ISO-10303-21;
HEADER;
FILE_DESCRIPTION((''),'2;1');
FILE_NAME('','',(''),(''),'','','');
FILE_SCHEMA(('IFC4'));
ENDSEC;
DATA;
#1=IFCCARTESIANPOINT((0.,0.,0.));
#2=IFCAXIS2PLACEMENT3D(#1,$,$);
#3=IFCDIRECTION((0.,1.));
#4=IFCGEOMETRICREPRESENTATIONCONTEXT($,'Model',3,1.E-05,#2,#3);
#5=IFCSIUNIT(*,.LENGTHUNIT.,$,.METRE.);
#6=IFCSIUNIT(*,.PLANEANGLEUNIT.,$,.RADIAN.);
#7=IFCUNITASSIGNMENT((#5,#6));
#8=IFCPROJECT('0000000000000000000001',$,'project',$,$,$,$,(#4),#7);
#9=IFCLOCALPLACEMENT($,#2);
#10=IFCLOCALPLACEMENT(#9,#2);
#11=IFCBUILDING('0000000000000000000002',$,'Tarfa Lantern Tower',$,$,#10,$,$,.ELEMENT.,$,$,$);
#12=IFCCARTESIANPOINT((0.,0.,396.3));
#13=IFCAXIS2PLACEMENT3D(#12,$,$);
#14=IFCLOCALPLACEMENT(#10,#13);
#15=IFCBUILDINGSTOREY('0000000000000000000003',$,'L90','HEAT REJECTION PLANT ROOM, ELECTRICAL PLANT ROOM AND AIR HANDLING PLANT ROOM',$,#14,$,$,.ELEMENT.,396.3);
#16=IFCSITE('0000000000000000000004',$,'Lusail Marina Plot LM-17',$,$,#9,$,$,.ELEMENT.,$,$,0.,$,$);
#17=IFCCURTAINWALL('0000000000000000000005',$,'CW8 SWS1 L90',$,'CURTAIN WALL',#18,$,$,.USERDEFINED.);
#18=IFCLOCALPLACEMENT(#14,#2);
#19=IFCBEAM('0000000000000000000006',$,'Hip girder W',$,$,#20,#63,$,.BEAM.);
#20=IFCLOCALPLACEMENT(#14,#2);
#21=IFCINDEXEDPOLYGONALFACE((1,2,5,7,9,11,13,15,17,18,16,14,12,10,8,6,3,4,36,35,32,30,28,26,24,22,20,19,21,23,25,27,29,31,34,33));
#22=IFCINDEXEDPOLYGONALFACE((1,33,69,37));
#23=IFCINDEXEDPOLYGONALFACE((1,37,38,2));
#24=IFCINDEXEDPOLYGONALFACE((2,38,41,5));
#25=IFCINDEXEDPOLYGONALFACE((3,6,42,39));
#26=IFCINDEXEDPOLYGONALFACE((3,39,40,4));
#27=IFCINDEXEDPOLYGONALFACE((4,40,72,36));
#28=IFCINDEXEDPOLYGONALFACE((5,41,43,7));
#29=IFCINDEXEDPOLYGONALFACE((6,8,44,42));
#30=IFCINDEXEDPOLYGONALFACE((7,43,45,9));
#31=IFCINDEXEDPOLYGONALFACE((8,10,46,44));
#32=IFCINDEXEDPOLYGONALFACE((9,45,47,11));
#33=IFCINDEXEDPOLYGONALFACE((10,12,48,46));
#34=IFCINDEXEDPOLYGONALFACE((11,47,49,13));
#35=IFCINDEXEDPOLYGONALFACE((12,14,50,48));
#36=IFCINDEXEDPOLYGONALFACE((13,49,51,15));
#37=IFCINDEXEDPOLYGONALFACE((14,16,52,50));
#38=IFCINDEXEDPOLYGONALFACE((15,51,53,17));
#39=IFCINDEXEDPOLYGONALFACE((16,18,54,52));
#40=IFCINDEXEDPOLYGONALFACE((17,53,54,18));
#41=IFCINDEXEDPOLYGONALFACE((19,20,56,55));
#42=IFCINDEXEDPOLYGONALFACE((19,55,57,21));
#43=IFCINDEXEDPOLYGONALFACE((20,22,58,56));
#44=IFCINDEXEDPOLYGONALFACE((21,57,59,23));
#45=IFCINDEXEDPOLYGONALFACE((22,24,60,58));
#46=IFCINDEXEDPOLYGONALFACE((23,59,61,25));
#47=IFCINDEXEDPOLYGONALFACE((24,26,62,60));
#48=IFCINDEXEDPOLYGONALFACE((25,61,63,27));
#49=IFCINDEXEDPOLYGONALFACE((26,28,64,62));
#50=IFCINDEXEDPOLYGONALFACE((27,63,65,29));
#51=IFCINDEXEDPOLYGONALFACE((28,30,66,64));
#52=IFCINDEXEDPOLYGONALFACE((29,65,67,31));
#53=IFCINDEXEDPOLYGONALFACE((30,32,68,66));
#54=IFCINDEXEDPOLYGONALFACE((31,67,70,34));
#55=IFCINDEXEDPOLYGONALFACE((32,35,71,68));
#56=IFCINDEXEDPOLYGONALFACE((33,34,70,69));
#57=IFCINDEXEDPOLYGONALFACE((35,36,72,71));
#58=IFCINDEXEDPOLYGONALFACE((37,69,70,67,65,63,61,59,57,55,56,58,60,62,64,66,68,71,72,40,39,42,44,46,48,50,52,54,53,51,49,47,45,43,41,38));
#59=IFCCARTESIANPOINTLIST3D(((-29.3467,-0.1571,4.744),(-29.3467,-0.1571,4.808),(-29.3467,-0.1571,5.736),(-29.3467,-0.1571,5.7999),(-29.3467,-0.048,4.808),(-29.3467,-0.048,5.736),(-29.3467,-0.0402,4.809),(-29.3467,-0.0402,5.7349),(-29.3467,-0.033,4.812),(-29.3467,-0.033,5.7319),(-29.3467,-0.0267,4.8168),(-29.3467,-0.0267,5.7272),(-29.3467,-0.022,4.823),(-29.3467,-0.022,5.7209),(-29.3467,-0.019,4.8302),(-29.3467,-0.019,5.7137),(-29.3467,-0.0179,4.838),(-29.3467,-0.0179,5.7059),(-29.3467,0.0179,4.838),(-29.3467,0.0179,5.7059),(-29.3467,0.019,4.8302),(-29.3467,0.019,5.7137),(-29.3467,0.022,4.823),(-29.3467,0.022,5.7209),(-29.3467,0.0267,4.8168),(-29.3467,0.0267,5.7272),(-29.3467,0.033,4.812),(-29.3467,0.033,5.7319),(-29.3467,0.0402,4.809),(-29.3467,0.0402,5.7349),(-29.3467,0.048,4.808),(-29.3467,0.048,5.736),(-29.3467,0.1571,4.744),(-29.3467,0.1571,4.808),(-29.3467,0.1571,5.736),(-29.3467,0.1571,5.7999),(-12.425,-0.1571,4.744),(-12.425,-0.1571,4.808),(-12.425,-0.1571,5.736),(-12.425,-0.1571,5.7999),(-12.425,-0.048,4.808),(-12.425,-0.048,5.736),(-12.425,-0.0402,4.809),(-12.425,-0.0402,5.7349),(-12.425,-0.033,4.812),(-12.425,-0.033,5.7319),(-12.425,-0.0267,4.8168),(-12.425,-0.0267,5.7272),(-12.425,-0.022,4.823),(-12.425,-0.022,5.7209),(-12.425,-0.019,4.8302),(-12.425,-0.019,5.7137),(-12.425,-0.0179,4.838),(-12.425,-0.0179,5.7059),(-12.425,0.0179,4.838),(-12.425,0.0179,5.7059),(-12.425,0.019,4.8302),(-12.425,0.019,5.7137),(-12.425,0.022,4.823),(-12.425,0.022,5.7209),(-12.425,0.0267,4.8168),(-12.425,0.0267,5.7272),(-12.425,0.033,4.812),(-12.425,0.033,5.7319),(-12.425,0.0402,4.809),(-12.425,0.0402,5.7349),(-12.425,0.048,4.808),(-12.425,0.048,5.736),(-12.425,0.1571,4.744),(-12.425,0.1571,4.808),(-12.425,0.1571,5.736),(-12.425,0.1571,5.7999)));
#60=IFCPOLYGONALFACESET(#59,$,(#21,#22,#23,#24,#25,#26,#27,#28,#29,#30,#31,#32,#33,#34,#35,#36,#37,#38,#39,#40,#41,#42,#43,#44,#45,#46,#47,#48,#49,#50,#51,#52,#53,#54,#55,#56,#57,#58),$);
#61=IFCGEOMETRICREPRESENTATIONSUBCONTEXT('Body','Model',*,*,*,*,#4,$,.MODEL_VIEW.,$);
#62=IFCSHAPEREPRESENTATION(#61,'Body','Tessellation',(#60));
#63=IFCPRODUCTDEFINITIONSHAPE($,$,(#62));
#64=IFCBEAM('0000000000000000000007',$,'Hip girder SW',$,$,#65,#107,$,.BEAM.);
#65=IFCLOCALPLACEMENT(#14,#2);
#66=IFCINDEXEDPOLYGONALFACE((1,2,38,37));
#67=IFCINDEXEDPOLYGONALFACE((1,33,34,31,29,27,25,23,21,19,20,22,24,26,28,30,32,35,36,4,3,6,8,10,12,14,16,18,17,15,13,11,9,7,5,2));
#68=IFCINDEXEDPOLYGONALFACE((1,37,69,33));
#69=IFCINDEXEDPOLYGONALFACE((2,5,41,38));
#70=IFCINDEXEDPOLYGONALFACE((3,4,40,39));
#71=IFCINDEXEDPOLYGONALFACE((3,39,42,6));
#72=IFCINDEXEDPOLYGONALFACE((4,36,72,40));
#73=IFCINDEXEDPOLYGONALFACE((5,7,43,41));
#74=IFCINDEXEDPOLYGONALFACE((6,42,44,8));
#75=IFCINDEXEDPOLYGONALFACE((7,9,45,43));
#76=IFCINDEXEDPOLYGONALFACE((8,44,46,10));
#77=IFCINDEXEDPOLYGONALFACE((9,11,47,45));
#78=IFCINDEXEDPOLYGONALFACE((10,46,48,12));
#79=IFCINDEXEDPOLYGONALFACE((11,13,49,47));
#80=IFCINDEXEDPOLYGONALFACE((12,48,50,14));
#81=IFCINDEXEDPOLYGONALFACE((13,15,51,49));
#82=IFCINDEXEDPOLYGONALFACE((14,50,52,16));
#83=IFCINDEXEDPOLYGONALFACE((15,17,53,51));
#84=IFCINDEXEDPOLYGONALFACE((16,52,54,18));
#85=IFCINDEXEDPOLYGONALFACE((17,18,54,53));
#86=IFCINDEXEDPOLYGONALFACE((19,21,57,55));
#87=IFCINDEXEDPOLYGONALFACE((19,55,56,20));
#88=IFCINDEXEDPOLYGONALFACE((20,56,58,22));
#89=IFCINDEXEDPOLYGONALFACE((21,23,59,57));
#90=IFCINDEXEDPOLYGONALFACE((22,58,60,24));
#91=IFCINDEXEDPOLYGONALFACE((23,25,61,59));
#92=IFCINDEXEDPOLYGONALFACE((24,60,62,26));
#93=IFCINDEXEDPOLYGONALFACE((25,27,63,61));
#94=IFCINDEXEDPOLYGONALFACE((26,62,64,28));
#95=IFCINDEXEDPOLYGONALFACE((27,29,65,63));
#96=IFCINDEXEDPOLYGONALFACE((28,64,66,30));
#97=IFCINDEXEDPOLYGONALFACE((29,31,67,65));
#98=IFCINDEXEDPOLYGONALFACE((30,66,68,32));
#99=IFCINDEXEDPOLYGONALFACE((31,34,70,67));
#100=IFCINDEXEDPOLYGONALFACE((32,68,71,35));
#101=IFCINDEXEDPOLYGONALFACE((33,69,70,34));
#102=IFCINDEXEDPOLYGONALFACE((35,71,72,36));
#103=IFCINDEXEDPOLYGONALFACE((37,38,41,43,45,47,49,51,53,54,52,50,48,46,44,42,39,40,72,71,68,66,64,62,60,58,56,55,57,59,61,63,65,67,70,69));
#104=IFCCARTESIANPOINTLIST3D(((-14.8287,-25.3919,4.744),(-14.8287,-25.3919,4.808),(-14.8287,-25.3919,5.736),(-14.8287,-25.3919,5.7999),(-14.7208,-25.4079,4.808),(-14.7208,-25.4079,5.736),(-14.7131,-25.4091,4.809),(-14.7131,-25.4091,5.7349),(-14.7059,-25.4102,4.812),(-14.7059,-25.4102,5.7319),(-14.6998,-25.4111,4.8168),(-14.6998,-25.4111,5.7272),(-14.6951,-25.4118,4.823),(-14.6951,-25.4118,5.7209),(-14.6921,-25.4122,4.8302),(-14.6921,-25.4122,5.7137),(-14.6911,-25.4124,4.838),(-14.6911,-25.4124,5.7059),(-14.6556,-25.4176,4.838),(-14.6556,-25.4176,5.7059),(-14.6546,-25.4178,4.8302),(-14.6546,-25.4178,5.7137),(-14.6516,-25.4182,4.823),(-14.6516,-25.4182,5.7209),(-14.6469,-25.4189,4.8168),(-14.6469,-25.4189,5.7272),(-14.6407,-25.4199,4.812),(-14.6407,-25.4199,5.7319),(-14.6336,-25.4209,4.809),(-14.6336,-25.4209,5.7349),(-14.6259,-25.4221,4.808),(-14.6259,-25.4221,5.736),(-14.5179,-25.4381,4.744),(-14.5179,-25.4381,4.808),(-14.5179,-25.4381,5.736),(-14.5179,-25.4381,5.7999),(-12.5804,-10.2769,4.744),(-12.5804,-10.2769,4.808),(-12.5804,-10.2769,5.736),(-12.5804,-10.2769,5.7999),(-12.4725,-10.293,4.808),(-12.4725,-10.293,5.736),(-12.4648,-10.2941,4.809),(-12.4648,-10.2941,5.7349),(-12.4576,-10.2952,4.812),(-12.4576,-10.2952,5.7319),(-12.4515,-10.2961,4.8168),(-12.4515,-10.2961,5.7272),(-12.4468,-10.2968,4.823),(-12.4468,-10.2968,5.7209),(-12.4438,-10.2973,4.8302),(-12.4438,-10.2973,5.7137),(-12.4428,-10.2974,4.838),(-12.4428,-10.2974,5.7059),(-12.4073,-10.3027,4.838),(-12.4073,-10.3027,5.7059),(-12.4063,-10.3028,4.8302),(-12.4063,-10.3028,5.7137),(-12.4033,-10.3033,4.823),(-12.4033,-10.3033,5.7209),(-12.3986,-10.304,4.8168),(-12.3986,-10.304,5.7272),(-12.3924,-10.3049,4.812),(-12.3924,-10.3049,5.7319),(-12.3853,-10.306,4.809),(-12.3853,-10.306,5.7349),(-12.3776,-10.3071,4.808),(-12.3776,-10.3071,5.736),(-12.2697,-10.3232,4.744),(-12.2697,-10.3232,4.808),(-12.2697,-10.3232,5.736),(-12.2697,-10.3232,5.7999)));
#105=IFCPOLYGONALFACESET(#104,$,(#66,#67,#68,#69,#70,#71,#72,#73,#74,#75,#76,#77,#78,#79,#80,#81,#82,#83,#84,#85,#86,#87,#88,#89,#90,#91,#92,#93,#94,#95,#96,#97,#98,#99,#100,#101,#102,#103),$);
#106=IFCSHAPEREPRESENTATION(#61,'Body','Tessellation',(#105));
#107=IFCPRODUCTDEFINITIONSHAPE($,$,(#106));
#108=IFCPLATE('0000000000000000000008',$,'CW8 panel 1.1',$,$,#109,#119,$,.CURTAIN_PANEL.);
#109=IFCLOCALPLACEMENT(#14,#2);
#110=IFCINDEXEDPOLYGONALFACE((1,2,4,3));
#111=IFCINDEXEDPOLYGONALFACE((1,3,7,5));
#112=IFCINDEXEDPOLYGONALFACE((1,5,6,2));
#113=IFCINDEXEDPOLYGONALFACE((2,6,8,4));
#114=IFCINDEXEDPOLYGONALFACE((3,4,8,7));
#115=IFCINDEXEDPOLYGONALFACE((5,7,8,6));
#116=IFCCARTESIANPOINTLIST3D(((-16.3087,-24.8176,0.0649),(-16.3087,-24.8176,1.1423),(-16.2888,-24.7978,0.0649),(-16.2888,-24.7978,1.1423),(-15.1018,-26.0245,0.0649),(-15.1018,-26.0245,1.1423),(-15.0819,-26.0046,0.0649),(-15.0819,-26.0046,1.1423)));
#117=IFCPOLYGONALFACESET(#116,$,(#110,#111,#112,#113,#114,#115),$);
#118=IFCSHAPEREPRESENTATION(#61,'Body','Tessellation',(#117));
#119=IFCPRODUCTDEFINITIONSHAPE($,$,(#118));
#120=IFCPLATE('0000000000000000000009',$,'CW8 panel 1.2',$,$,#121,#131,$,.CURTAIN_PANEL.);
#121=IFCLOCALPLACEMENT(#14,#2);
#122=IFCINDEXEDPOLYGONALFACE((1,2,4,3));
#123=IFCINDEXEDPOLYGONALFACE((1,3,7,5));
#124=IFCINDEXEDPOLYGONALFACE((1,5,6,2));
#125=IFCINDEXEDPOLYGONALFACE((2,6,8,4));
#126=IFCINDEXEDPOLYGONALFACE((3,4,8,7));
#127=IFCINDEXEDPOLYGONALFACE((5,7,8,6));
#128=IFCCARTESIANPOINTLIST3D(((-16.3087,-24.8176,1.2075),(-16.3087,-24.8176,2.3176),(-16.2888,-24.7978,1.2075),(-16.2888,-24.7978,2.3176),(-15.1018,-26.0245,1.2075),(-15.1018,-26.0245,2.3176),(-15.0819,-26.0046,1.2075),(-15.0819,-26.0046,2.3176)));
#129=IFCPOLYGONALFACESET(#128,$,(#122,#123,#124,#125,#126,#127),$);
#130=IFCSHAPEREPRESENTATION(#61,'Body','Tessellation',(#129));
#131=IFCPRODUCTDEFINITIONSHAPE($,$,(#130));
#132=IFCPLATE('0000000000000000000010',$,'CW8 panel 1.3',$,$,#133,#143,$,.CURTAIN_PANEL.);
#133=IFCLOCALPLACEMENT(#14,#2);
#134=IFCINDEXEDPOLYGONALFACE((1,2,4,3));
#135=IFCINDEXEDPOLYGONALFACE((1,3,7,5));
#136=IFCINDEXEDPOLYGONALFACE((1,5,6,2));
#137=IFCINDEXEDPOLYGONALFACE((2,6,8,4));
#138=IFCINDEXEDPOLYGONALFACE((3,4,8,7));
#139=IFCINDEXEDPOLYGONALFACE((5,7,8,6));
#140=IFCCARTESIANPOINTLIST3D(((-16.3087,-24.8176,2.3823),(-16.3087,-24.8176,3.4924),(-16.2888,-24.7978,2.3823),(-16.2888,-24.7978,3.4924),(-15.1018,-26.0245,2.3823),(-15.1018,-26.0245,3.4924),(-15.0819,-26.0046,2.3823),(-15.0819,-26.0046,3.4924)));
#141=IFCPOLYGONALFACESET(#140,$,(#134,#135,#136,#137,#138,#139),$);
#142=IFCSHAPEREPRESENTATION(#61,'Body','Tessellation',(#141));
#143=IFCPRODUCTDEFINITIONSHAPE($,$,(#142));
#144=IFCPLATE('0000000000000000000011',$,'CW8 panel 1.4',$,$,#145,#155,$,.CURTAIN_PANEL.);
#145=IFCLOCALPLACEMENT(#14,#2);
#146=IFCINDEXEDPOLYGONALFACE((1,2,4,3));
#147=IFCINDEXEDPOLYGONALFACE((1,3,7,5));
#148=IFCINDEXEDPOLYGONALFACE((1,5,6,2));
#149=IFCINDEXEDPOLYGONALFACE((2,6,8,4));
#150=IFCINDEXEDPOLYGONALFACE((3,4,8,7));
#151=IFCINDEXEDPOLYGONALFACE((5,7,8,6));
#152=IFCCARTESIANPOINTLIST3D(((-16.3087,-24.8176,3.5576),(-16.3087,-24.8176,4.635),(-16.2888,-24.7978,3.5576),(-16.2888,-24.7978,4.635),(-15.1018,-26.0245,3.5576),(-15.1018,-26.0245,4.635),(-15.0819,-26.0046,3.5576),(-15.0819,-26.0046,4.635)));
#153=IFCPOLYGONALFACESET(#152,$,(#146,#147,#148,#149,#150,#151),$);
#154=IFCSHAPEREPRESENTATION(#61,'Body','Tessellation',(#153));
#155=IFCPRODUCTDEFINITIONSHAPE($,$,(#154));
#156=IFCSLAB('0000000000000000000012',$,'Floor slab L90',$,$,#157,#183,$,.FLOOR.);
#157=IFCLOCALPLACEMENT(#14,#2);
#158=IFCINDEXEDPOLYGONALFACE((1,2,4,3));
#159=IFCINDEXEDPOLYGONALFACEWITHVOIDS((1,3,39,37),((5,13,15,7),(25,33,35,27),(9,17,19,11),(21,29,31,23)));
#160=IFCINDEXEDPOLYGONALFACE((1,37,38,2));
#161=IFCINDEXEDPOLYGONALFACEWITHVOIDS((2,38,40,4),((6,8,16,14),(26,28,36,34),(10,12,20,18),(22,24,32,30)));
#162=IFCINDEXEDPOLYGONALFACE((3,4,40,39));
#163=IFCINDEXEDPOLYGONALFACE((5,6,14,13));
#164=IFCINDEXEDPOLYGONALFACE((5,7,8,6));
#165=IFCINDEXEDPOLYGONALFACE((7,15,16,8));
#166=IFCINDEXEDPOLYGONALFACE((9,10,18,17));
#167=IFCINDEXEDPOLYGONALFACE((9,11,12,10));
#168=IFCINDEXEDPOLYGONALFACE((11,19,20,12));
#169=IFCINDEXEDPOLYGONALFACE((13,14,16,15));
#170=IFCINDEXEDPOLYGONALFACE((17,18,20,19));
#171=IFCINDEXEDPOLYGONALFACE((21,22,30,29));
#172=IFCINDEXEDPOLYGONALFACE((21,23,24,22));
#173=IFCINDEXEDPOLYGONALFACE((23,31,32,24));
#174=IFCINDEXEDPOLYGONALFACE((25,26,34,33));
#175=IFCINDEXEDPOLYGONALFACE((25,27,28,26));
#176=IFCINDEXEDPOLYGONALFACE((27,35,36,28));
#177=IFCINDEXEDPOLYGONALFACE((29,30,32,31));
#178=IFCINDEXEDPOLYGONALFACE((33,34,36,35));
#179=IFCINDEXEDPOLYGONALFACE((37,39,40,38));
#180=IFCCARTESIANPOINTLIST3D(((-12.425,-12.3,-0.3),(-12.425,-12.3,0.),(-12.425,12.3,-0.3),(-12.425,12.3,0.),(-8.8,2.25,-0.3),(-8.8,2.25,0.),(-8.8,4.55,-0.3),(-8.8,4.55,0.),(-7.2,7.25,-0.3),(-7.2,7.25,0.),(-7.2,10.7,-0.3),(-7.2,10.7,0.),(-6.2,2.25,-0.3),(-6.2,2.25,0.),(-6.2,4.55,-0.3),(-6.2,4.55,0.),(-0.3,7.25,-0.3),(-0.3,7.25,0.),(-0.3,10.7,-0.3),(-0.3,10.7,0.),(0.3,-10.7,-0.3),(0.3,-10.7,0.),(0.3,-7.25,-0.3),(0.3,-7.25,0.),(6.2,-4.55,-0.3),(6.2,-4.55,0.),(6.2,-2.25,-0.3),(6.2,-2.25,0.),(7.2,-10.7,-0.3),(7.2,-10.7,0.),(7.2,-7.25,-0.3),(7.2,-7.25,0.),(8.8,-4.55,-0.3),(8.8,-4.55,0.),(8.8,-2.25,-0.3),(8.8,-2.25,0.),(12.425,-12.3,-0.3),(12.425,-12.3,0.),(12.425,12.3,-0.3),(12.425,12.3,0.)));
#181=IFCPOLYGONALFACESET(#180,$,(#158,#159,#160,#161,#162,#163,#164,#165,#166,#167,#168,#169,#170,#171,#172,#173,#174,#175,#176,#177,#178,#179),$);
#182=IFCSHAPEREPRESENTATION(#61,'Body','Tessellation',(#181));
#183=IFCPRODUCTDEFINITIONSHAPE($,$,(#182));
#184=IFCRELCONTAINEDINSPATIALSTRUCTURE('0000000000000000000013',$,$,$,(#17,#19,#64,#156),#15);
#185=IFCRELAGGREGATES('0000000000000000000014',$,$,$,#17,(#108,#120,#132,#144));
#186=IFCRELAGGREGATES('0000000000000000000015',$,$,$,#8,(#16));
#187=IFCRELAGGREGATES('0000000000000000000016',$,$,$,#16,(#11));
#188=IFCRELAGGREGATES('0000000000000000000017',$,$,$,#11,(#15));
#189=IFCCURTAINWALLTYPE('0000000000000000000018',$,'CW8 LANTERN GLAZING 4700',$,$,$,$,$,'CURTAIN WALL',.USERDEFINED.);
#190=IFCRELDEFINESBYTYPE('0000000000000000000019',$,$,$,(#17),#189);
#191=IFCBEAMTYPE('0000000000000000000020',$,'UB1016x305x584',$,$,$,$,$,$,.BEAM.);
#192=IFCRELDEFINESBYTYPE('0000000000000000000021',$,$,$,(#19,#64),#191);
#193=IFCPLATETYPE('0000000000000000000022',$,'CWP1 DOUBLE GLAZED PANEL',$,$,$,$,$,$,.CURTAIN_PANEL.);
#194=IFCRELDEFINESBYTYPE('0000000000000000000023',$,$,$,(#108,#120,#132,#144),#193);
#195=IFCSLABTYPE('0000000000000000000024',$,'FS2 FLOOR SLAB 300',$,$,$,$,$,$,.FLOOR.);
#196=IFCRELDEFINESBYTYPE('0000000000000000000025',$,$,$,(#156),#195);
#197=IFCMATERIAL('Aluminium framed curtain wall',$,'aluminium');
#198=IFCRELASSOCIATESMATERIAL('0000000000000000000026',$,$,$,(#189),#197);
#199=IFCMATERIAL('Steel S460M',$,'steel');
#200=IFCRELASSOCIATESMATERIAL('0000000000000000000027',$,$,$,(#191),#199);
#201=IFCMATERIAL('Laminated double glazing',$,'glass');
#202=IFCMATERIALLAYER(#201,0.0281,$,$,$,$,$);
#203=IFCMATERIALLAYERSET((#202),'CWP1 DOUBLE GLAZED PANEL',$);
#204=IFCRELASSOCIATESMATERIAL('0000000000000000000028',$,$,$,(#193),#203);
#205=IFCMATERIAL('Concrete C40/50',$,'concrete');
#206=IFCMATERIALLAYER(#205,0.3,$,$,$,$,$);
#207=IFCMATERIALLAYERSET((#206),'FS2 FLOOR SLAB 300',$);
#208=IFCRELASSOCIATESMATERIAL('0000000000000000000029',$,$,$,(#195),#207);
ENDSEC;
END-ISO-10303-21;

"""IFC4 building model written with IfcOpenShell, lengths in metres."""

from ifc_helpers import new_model, si_unit, direction, frame, origin, origin_2d, place, context, subcontext, project, spatial, polyline, rectangle, i_section, outline, extrude, material, layer, layer_set, material_profile, profile_set, type_object, element, aggregate, save


model = new_model("IFC4")

# Units and contexts
model_context = context("Model", 3, precision=1e-05, world=origin(), true_north=direction((0.0, 1.0)))
body_context = subcontext(model_context, "Body", "Model", "MODEL_VIEW")
ifc_project = project(units=[si_unit("LENGTHUNIT", "METRE"), si_unit("PLANEANGLEUNIT", "RADIAN")], contexts=[model_context])

# Site, building, storey
site_placement = place(None, origin())
site = spatial("IfcSite", under=ifc_project, at=site_placement, Name="Lusail Marina Plot LM-17", CompositionType="ELEMENT", RefElevation=0.0)
building_placement = place(site_placement, origin())
building = spatial("IfcBuilding", under=site, at=building_placement, Name="Tarfa Lantern Tower", CompositionType="ELEMENT")
storey_placement = place(building_placement, frame((0.0, 0.0, 396.3)))
storey = spatial("IfcBuildingStorey", under=building, at=storey_placement, Name="L90", Description="HEAT REJECTION PLANT ROOM, ELECTRICAL PLANT ROOM AND AIR HANDLING PLANT ROOM", CompositionType="ELEMENT", Elevation=396.3)

# Curtain wall
ifc_material_1 = material(Name="Aluminium framed curtain wall", Category="aluminium")
curtain_wall_type = type_object("IfcCurtainWallType", Name="CW8 LANTERN GLAZING 4700", ElementType="CURTAIN WALL", PredefinedType="USERDEFINED", material=ifc_material_1)
curtain_wall_1_placement = place(storey_placement, origin())
curtain_wall_1 = element("IfcCurtainWall", 1, at=curtain_wall_1_placement, inside=storey, type_object=curtain_wall_type, Name="CW8 SWS1 L90", ObjectType="CURTAIN WALL", PredefinedType="USERDEFINED")

# Beams
ifc_material_2 = material(Name="Steel S460M", Category="steel")
ifc_material_profile_1 = material_profile(ifc_material_2, i_section(OverallWidth=0.3142, OverallDepth=1.0559, WebThickness=0.0359, FlangeThickness=0.064, FilletRadius=0.03, at=origin_2d()), Name="UB1016x305x584")
ifc_profile_set_1 = profile_set([ifc_material_profile_1], Name="Steel S460M")
beam_type = type_object("IfcBeamType", Name="UB1016x305x584", PredefinedType="BEAM", material=ifc_profile_set_1)
beam_1_placement = place(storey_placement, frame((-12.425, 0.0, 5.272), z_axis=(-1.0, 0.0, 0.0), x_axis=(0.0, -1.0, 0.0)))
element("IfcBeam", 2, at=beam_1_placement, inside=storey, type_object=beam_type, Name="Hip girder W", PredefinedType="BEAM", context=body_context, shape_type="SweptSolid", body=[
    extrude(i_section(OverallWidth=0.3142, OverallDepth=1.0559, WebThickness=0.0359, FlangeThickness=0.064, FilletRadius=0.03, at=origin_2d()), origin(), (0.0, 0.0, 1.0), 16.9216),
])
beam_2_placement = place(storey_placement, frame((-12.425, -10.3, 5.272), z_axis=(-0.147127, -0.989118, 0.0), x_axis=(0.989118, -0.147127, 0.0)))
element("IfcBeam", 3, at=beam_2_placement, inside=storey, type_object=beam_type, Name="Hip girder SW", PredefinedType="BEAM", context=body_context, shape_type="SweptSolid", body=[
    extrude(i_section(OverallWidth=0.3142, OverallDepth=1.0559, WebThickness=0.0359, FlangeThickness=0.064, FilletRadius=0.03, at=origin_2d()), origin(), (0.0, 0.0, 1.0), 15.2812),
])

# Plates
ifc_material_3 = material(Name="Laminated double glazing", Category="glass")
ifc_layer_1 = layer(ifc_material_3, 0.0281)
ifc_layer_set_1 = layer_set([ifc_layer_1], Name="CWP1 DOUBLE GLAZED PANEL")
plate_type = type_object("IfcPlateType", Name="CWP1 DOUBLE GLAZED PANEL", PredefinedType="CURTAIN_PANEL", material=ifc_layer_set_1)
plate_1_placement = place(storey_placement, frame((-15.6953, -25.4111, 0.0649), z_axis=(0.0, 0.0, 1.0), x_axis=(0.707107, -0.707107, 0.0)))
plate_1 = element("IfcPlate", 4, at=plate_1_placement, type_object=plate_type, Name="CW8 panel 1.1", PredefinedType="CURTAIN_PANEL", context=body_context, shape_type="SweptSolid", body=[
    extrude(rectangle(XDim=1.7068, YDim=0.0281, at=origin_2d()), origin(), (0.0, 0.0, 1.0), 1.0774),
])
plate_2_placement = place(storey_placement, frame((-15.6953, -25.4111, 1.2075), z_axis=(0.0, 0.0, 1.0), x_axis=(0.707107, -0.707107, 0.0)))
plate_2 = element("IfcPlate", 5, at=plate_2_placement, type_object=plate_type, Name="CW8 panel 1.2", PredefinedType="CURTAIN_PANEL", context=body_context, shape_type="SweptSolid", body=[
    extrude(rectangle(XDim=1.7068, YDim=0.0281, at=origin_2d()), origin(), (0.0, 0.0, 1.0), 1.1101),
])
plate_3_placement = place(storey_placement, frame((-15.6953, -25.4111, 2.3823), z_axis=(0.0, 0.0, 1.0), x_axis=(0.707107, -0.707107, 0.0)))
plate_3 = element("IfcPlate", 6, at=plate_3_placement, type_object=plate_type, Name="CW8 panel 1.3", PredefinedType="CURTAIN_PANEL", context=body_context, shape_type="SweptSolid", body=[
    extrude(rectangle(XDim=1.7068, YDim=0.0281, at=origin_2d()), origin(), (0.0, 0.0, 1.0), 1.1101),
])
plate_4_placement = place(storey_placement, frame((-15.6953, -25.4111, 3.5576), z_axis=(0.0, 0.0, 1.0), x_axis=(0.707107, -0.707107, 0.0)))
plate_4 = element("IfcPlate", 7, at=plate_4_placement, type_object=plate_type, Name="CW8 panel 1.4", PredefinedType="CURTAIN_PANEL", context=body_context, shape_type="SweptSolid", body=[
    extrude(rectangle(XDim=1.7068, YDim=0.0281, at=origin_2d()), origin(), (0.0, 0.0, 1.0), 1.0774),
])
aggregate(curtain_wall_1, [plate_1, plate_2, plate_3, plate_4])

# Slab
ifc_material_4 = material(Name="Concrete C40/50", Category="concrete")
ifc_layer_2 = layer(ifc_material_4, 0.3)
ifc_layer_set_2 = layer_set([ifc_layer_2], Name="FS2 FLOOR SLAB 300")
slab_type = type_object("IfcSlabType", Name="FS2 FLOOR SLAB 300", PredefinedType="FLOOR", material=ifc_layer_set_2)
slab_1_placement = place(storey_placement, frame((0.0, 0.0, -0.3)))
element("IfcSlab", 8, at=slab_1_placement, inside=storey, type_object=slab_type, Name="Floor slab L90", PredefinedType="FLOOR", context=body_context, shape_type="SweptSolid", body=[
    extrude(outline(polyline([(-12.425, -12.3), (12.425, -12.3), (12.425, 12.3), (-12.425, 12.3), (-12.425, -12.3)]), holes=[polyline([(-8.8, 2.25), (-6.2, 2.25), (-6.2, 4.55), (-8.8, 4.55), (-8.8, 2.25)]), polyline([(8.8, -2.25), (6.2, -2.25), (6.2, -4.55), (8.8, -4.55), (8.8, -2.25)]), polyline([(-7.2, 7.25), (-0.3, 7.25), (-0.3, 10.7), (-7.2, 10.7), (-7.2, 7.25)]), polyline([(7.2, -7.25), (0.3, -7.25), (0.3, -10.7), (7.2, -10.7), (7.2, -7.25)])]), origin(), (0.0, 0.0, 1.0), 0.3),
])

save(model, "model.ifc")
